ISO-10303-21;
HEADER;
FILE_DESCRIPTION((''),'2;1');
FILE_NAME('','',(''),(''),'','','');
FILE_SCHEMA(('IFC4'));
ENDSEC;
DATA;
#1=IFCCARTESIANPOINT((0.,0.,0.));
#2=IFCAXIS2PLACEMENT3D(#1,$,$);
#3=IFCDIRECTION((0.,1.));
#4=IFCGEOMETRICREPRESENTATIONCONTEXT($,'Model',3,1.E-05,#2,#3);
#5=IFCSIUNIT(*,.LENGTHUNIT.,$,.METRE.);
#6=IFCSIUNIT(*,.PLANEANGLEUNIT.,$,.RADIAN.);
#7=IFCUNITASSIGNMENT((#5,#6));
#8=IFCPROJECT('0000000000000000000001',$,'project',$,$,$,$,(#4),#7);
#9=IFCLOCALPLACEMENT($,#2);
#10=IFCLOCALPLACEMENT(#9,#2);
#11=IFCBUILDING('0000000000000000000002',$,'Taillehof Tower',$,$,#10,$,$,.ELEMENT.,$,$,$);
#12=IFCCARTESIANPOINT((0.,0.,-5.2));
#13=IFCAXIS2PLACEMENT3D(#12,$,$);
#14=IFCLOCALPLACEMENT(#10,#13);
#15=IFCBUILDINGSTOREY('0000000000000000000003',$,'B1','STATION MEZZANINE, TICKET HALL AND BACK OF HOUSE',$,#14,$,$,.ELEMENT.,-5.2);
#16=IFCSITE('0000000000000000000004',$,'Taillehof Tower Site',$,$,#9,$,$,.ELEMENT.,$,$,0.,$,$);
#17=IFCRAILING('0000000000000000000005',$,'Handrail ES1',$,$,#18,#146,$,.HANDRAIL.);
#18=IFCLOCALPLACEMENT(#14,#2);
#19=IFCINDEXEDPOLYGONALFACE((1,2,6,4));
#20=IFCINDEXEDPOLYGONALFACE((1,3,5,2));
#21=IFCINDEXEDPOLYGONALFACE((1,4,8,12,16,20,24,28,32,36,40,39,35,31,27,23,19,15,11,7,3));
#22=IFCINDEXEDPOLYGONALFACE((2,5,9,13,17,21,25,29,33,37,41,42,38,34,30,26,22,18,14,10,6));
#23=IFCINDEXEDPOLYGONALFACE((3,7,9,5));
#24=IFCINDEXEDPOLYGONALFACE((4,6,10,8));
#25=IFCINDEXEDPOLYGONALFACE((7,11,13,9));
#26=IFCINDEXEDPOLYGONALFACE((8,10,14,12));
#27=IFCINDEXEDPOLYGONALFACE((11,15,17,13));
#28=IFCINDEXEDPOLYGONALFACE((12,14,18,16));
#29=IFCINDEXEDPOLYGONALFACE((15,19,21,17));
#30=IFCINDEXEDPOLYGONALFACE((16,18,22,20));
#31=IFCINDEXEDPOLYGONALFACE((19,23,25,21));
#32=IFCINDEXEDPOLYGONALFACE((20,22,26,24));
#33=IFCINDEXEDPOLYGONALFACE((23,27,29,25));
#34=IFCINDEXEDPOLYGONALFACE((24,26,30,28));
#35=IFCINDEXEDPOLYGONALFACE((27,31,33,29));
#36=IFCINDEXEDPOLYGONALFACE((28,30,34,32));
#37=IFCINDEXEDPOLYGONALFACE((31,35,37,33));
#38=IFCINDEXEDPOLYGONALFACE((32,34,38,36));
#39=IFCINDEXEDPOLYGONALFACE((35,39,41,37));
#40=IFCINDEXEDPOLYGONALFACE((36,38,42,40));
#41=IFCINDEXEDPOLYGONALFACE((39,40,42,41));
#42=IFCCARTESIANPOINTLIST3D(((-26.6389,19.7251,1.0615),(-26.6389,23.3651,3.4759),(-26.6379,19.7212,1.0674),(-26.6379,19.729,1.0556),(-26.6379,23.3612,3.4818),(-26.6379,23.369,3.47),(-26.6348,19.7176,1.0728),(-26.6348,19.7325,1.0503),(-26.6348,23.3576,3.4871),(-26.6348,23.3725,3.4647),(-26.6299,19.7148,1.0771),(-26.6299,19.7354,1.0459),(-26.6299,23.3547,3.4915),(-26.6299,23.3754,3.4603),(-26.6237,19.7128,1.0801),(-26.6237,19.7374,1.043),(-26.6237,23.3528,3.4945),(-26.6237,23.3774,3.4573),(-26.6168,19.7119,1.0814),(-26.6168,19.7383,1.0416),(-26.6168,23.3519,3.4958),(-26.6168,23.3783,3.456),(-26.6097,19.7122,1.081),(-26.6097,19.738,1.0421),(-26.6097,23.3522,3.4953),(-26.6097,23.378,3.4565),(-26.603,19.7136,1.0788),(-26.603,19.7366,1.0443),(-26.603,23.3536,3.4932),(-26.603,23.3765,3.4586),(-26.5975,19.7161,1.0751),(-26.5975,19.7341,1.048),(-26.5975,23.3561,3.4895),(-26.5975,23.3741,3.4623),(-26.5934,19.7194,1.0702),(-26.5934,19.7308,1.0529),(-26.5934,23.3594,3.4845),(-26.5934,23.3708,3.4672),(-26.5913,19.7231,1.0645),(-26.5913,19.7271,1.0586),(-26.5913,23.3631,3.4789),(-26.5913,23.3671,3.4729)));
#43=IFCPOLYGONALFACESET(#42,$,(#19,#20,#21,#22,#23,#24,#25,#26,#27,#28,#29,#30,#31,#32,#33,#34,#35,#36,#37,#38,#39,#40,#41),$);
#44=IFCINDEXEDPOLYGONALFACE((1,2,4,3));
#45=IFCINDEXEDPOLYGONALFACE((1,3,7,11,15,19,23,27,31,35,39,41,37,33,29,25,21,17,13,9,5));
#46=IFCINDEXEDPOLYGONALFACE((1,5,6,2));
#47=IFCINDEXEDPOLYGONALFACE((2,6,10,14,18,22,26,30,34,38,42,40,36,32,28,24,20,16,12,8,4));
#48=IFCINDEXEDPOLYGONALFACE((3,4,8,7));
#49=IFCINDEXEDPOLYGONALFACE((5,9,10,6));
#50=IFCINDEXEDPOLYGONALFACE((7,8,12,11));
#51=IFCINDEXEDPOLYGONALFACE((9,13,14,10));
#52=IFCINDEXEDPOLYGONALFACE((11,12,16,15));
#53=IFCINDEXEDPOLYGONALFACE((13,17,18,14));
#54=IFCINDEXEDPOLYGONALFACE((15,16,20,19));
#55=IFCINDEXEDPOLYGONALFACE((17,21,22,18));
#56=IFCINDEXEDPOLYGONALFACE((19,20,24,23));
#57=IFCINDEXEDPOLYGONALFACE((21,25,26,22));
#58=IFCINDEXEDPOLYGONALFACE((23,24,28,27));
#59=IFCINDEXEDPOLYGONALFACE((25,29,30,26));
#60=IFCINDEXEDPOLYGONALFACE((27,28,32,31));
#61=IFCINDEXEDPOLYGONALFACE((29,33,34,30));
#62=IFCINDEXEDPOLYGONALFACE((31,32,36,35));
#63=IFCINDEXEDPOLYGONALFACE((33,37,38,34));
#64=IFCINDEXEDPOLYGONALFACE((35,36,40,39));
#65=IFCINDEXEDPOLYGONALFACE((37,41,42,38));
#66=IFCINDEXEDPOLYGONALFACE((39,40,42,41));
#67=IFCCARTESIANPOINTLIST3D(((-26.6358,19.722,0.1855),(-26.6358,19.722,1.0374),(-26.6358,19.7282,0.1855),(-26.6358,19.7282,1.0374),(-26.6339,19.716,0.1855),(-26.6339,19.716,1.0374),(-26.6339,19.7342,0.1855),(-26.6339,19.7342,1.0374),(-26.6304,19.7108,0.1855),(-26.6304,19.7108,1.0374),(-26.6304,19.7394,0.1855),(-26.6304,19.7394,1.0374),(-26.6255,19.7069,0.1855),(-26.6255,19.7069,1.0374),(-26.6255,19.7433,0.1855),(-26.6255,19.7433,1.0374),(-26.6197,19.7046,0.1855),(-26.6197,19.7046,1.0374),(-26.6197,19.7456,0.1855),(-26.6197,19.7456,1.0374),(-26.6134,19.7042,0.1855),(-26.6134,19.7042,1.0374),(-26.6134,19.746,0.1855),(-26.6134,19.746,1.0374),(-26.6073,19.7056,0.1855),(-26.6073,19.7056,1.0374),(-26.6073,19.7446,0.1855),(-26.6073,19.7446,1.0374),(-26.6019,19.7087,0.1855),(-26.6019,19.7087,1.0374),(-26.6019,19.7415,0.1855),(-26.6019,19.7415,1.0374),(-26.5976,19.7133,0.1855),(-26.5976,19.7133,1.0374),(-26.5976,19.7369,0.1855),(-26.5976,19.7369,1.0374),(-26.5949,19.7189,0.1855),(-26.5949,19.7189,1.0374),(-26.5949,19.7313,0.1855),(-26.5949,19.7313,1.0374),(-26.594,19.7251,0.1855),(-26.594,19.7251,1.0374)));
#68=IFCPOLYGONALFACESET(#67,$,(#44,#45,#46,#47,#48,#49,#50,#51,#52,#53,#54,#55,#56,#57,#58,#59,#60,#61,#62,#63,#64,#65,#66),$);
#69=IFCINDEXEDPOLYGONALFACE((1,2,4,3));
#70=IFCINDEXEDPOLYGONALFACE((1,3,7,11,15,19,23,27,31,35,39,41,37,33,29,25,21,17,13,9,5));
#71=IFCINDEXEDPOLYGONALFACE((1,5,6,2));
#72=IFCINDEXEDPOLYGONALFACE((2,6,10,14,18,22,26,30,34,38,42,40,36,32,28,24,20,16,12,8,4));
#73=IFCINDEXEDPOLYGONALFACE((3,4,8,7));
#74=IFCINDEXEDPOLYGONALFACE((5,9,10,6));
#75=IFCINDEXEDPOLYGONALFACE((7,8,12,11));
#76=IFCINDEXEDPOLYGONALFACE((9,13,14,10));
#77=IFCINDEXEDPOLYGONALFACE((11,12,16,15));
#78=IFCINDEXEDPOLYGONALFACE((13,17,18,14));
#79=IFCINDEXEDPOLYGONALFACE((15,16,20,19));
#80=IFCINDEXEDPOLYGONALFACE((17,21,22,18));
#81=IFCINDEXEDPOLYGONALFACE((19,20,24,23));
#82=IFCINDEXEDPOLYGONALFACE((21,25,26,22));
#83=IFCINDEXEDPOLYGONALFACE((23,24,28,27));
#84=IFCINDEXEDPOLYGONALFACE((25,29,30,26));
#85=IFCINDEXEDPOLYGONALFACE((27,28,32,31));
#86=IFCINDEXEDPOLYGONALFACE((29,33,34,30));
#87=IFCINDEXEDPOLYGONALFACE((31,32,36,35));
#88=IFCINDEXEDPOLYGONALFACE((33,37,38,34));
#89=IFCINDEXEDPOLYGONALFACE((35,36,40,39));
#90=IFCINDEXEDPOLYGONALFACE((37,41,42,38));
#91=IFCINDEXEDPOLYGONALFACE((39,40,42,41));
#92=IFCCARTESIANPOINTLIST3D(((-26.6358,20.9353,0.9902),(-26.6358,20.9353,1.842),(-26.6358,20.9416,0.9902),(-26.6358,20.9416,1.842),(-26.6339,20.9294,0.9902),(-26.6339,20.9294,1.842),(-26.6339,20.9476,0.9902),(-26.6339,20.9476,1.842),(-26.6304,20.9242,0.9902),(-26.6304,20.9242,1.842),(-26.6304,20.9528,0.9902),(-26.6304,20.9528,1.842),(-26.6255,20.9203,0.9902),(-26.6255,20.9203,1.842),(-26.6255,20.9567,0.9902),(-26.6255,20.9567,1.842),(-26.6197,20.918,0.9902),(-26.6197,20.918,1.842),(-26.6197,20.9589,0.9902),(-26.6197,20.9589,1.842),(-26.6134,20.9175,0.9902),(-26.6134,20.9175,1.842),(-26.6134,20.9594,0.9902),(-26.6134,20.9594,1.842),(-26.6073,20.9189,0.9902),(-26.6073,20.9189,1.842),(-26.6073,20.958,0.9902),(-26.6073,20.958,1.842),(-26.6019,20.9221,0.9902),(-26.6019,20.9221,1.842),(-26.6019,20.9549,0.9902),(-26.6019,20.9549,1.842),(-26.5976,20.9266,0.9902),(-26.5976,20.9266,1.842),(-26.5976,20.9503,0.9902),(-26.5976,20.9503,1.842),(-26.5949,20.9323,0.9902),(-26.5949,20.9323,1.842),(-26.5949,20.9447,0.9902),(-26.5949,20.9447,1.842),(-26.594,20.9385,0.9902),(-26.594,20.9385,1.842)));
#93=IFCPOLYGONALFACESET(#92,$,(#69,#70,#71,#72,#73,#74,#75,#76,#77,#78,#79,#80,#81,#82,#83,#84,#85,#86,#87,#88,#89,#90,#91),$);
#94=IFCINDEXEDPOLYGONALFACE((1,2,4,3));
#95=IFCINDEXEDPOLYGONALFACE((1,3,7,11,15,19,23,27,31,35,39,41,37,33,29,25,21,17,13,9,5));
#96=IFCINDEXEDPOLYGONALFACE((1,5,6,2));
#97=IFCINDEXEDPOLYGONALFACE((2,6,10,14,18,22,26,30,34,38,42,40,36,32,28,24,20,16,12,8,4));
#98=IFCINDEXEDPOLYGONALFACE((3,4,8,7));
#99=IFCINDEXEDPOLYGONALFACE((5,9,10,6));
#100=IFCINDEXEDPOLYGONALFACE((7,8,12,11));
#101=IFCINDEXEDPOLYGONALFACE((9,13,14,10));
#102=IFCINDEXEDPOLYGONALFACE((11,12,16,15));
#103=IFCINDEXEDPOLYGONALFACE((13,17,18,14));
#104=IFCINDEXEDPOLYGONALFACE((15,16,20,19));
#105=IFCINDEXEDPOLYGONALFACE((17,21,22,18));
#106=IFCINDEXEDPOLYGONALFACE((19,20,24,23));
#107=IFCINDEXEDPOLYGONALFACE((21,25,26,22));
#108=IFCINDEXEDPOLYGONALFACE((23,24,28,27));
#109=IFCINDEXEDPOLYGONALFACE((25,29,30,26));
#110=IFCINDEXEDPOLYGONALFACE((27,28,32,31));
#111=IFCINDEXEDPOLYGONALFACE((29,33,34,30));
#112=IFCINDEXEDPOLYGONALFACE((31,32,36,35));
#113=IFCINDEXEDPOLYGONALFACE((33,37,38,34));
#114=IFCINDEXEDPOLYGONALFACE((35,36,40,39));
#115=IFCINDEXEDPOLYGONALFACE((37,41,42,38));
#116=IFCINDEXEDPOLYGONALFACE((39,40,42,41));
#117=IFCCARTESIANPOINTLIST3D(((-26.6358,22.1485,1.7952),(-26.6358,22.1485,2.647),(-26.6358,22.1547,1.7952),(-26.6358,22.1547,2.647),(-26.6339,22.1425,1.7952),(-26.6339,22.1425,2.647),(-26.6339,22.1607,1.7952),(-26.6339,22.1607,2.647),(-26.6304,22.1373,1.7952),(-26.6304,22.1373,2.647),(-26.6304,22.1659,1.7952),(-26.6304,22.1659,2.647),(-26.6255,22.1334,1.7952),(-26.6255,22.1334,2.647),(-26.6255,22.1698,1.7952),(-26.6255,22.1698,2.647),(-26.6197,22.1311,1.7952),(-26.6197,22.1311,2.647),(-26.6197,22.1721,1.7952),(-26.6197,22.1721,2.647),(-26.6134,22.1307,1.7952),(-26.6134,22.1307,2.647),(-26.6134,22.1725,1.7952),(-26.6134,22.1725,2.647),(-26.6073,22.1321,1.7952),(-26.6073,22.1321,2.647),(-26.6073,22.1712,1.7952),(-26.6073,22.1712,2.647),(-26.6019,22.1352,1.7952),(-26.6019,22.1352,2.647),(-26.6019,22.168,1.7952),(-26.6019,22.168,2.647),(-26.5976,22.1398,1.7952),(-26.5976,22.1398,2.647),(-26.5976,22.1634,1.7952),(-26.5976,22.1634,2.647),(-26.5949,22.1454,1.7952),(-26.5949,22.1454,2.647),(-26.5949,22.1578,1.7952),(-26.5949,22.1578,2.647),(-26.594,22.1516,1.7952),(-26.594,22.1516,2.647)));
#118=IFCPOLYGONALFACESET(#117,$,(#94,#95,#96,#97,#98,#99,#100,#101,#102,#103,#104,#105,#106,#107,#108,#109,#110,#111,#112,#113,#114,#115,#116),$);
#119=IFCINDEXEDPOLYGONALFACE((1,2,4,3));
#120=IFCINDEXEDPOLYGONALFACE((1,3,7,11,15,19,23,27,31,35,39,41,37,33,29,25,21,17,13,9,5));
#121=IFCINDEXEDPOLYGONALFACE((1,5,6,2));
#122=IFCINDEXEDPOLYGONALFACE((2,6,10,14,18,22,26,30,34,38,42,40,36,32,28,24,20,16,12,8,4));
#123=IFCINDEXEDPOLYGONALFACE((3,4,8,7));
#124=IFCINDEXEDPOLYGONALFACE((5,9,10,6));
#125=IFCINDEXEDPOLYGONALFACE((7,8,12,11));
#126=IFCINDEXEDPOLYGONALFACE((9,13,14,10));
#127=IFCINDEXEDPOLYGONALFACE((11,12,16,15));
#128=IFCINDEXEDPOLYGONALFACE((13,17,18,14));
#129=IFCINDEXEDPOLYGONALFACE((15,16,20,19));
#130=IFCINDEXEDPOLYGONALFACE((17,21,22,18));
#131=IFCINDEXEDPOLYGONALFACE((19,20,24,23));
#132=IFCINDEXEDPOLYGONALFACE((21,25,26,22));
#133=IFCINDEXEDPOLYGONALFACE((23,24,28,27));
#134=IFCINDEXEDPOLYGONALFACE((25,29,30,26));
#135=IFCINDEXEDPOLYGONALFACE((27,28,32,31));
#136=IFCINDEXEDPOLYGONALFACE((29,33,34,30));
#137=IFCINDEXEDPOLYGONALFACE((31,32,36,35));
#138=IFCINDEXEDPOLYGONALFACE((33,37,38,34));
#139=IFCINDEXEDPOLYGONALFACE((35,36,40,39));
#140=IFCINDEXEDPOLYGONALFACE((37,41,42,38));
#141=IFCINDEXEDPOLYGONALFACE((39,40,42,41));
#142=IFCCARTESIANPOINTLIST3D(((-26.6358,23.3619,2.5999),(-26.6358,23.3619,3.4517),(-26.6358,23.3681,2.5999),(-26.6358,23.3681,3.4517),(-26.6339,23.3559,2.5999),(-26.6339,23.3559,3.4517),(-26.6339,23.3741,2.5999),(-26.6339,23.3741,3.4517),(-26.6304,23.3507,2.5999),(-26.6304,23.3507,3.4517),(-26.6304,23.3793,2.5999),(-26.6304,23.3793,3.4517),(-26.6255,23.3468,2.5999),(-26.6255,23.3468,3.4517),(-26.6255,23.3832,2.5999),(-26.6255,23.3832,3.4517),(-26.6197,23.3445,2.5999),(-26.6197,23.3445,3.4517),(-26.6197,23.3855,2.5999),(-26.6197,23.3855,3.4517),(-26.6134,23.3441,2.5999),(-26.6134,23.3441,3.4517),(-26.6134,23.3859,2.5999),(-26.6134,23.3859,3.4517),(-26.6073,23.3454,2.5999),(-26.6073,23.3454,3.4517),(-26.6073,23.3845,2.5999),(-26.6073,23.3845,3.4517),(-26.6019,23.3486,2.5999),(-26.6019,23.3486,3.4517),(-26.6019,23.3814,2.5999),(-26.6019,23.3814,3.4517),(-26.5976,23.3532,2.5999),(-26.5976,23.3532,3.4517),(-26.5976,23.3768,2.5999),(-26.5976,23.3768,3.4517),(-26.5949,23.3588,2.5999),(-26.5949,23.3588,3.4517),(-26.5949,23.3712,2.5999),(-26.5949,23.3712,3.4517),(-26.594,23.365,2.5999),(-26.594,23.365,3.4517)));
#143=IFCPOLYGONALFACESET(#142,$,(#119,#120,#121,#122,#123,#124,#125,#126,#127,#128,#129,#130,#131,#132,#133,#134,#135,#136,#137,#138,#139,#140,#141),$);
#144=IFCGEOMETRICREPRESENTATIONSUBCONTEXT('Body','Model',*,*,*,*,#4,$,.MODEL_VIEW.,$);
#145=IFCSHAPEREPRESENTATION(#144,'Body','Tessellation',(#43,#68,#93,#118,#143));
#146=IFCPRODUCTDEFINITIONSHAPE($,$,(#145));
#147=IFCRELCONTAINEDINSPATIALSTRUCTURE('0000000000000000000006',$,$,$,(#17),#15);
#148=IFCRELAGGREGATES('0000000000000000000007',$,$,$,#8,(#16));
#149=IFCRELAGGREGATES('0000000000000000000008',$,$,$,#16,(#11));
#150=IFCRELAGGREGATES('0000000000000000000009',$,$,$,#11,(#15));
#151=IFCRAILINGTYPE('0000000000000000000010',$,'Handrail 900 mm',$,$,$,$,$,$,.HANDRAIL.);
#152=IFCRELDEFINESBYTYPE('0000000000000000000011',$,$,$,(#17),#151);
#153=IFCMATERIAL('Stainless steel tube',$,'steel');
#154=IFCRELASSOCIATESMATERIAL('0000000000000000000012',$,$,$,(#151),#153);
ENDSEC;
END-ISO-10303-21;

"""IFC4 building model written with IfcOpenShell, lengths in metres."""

from ifc_helpers import new_model, si_unit, direction, frame, origin, origin_2d, place, context, subcontext, project, spatial, circle, extrude, material, type_object, element, save


model = new_model("IFC4")

# Units and contexts
model_context = context("Model", 3, precision=1e-05, world=origin(), true_north=direction((0.0, 1.0)))
body_context = subcontext(model_context, "Body", "Model", "MODEL_VIEW")
ifc_project = project(units=[si_unit("LENGTHUNIT", "METRE"), si_unit("PLANEANGLEUNIT", "RADIAN")], contexts=[model_context])

# Site, building, storey
site_placement = place(None, origin())
site = spatial("IfcSite", under=ifc_project, at=site_placement, Name="Taillehof Tower Site", CompositionType="ELEMENT", RefElevation=0.0)
building_placement = place(site_placement, origin())
building = spatial("IfcBuilding", under=site, at=building_placement, Name="Taillehof Tower", CompositionType="ELEMENT")
storey_placement = place(building_placement, frame((0.0, 0.0, -5.2)))
storey = spatial("IfcBuildingStorey", under=building, at=storey_placement, Name="B1", Description="STATION MEZZANINE, TICKET HALL AND BACK OF HOUSE", CompositionType="ELEMENT", Elevation=-5.2)

# Railing
ifc_material_1 = material(Name="Stainless steel tube", Category="steel")
railing_type_1 = type_object("IfcRailingType", Name="Handrail 900 mm", PredefinedType="HANDRAIL", material=ifc_material_1)
for number, where, name in (
    (1, (-26.615, 19.7251, 0.1855), "Handrail ES1"),
):
    element("IfcRailing", number, at=place(storey_placement, frame(where)), inside=storey, type_object=railing_type_1, Name=name, PredefinedType="HANDRAIL", context=body_context, shape_type="SweptSolid", body=[
        extrude(circle(Radius=0.0239, at=origin_2d()), frame((0.0, 0.0, 0.876), z_axis=(0.0, 0.833347, 0.552751), x_axis=(-1.0, 0.0, 0.0)), (0.0, 0.0, 1.0), 4.3679),
        extrude(circle(Radius=0.021, at=origin_2d()), origin(), (0.0, 0.0, 1.0), 0.8518),
        extrude(circle(Radius=0.021, at=origin_2d()), frame((0.0, 1.2134, 0.8047)), (0.0, 0.0, 1.0), 0.8518),
        extrude(circle(Radius=0.021, at=origin_2d()), frame((0.0, 2.4265, 1.6096)), (0.0, 0.0, 1.0), 0.8518),
        extrude(circle(Radius=0.021, at=origin_2d()), frame((0.0, 3.6399, 2.4143)), (0.0, 0.0, 1.0), 0.8518),
    ])

save(model, "model.ifc")
